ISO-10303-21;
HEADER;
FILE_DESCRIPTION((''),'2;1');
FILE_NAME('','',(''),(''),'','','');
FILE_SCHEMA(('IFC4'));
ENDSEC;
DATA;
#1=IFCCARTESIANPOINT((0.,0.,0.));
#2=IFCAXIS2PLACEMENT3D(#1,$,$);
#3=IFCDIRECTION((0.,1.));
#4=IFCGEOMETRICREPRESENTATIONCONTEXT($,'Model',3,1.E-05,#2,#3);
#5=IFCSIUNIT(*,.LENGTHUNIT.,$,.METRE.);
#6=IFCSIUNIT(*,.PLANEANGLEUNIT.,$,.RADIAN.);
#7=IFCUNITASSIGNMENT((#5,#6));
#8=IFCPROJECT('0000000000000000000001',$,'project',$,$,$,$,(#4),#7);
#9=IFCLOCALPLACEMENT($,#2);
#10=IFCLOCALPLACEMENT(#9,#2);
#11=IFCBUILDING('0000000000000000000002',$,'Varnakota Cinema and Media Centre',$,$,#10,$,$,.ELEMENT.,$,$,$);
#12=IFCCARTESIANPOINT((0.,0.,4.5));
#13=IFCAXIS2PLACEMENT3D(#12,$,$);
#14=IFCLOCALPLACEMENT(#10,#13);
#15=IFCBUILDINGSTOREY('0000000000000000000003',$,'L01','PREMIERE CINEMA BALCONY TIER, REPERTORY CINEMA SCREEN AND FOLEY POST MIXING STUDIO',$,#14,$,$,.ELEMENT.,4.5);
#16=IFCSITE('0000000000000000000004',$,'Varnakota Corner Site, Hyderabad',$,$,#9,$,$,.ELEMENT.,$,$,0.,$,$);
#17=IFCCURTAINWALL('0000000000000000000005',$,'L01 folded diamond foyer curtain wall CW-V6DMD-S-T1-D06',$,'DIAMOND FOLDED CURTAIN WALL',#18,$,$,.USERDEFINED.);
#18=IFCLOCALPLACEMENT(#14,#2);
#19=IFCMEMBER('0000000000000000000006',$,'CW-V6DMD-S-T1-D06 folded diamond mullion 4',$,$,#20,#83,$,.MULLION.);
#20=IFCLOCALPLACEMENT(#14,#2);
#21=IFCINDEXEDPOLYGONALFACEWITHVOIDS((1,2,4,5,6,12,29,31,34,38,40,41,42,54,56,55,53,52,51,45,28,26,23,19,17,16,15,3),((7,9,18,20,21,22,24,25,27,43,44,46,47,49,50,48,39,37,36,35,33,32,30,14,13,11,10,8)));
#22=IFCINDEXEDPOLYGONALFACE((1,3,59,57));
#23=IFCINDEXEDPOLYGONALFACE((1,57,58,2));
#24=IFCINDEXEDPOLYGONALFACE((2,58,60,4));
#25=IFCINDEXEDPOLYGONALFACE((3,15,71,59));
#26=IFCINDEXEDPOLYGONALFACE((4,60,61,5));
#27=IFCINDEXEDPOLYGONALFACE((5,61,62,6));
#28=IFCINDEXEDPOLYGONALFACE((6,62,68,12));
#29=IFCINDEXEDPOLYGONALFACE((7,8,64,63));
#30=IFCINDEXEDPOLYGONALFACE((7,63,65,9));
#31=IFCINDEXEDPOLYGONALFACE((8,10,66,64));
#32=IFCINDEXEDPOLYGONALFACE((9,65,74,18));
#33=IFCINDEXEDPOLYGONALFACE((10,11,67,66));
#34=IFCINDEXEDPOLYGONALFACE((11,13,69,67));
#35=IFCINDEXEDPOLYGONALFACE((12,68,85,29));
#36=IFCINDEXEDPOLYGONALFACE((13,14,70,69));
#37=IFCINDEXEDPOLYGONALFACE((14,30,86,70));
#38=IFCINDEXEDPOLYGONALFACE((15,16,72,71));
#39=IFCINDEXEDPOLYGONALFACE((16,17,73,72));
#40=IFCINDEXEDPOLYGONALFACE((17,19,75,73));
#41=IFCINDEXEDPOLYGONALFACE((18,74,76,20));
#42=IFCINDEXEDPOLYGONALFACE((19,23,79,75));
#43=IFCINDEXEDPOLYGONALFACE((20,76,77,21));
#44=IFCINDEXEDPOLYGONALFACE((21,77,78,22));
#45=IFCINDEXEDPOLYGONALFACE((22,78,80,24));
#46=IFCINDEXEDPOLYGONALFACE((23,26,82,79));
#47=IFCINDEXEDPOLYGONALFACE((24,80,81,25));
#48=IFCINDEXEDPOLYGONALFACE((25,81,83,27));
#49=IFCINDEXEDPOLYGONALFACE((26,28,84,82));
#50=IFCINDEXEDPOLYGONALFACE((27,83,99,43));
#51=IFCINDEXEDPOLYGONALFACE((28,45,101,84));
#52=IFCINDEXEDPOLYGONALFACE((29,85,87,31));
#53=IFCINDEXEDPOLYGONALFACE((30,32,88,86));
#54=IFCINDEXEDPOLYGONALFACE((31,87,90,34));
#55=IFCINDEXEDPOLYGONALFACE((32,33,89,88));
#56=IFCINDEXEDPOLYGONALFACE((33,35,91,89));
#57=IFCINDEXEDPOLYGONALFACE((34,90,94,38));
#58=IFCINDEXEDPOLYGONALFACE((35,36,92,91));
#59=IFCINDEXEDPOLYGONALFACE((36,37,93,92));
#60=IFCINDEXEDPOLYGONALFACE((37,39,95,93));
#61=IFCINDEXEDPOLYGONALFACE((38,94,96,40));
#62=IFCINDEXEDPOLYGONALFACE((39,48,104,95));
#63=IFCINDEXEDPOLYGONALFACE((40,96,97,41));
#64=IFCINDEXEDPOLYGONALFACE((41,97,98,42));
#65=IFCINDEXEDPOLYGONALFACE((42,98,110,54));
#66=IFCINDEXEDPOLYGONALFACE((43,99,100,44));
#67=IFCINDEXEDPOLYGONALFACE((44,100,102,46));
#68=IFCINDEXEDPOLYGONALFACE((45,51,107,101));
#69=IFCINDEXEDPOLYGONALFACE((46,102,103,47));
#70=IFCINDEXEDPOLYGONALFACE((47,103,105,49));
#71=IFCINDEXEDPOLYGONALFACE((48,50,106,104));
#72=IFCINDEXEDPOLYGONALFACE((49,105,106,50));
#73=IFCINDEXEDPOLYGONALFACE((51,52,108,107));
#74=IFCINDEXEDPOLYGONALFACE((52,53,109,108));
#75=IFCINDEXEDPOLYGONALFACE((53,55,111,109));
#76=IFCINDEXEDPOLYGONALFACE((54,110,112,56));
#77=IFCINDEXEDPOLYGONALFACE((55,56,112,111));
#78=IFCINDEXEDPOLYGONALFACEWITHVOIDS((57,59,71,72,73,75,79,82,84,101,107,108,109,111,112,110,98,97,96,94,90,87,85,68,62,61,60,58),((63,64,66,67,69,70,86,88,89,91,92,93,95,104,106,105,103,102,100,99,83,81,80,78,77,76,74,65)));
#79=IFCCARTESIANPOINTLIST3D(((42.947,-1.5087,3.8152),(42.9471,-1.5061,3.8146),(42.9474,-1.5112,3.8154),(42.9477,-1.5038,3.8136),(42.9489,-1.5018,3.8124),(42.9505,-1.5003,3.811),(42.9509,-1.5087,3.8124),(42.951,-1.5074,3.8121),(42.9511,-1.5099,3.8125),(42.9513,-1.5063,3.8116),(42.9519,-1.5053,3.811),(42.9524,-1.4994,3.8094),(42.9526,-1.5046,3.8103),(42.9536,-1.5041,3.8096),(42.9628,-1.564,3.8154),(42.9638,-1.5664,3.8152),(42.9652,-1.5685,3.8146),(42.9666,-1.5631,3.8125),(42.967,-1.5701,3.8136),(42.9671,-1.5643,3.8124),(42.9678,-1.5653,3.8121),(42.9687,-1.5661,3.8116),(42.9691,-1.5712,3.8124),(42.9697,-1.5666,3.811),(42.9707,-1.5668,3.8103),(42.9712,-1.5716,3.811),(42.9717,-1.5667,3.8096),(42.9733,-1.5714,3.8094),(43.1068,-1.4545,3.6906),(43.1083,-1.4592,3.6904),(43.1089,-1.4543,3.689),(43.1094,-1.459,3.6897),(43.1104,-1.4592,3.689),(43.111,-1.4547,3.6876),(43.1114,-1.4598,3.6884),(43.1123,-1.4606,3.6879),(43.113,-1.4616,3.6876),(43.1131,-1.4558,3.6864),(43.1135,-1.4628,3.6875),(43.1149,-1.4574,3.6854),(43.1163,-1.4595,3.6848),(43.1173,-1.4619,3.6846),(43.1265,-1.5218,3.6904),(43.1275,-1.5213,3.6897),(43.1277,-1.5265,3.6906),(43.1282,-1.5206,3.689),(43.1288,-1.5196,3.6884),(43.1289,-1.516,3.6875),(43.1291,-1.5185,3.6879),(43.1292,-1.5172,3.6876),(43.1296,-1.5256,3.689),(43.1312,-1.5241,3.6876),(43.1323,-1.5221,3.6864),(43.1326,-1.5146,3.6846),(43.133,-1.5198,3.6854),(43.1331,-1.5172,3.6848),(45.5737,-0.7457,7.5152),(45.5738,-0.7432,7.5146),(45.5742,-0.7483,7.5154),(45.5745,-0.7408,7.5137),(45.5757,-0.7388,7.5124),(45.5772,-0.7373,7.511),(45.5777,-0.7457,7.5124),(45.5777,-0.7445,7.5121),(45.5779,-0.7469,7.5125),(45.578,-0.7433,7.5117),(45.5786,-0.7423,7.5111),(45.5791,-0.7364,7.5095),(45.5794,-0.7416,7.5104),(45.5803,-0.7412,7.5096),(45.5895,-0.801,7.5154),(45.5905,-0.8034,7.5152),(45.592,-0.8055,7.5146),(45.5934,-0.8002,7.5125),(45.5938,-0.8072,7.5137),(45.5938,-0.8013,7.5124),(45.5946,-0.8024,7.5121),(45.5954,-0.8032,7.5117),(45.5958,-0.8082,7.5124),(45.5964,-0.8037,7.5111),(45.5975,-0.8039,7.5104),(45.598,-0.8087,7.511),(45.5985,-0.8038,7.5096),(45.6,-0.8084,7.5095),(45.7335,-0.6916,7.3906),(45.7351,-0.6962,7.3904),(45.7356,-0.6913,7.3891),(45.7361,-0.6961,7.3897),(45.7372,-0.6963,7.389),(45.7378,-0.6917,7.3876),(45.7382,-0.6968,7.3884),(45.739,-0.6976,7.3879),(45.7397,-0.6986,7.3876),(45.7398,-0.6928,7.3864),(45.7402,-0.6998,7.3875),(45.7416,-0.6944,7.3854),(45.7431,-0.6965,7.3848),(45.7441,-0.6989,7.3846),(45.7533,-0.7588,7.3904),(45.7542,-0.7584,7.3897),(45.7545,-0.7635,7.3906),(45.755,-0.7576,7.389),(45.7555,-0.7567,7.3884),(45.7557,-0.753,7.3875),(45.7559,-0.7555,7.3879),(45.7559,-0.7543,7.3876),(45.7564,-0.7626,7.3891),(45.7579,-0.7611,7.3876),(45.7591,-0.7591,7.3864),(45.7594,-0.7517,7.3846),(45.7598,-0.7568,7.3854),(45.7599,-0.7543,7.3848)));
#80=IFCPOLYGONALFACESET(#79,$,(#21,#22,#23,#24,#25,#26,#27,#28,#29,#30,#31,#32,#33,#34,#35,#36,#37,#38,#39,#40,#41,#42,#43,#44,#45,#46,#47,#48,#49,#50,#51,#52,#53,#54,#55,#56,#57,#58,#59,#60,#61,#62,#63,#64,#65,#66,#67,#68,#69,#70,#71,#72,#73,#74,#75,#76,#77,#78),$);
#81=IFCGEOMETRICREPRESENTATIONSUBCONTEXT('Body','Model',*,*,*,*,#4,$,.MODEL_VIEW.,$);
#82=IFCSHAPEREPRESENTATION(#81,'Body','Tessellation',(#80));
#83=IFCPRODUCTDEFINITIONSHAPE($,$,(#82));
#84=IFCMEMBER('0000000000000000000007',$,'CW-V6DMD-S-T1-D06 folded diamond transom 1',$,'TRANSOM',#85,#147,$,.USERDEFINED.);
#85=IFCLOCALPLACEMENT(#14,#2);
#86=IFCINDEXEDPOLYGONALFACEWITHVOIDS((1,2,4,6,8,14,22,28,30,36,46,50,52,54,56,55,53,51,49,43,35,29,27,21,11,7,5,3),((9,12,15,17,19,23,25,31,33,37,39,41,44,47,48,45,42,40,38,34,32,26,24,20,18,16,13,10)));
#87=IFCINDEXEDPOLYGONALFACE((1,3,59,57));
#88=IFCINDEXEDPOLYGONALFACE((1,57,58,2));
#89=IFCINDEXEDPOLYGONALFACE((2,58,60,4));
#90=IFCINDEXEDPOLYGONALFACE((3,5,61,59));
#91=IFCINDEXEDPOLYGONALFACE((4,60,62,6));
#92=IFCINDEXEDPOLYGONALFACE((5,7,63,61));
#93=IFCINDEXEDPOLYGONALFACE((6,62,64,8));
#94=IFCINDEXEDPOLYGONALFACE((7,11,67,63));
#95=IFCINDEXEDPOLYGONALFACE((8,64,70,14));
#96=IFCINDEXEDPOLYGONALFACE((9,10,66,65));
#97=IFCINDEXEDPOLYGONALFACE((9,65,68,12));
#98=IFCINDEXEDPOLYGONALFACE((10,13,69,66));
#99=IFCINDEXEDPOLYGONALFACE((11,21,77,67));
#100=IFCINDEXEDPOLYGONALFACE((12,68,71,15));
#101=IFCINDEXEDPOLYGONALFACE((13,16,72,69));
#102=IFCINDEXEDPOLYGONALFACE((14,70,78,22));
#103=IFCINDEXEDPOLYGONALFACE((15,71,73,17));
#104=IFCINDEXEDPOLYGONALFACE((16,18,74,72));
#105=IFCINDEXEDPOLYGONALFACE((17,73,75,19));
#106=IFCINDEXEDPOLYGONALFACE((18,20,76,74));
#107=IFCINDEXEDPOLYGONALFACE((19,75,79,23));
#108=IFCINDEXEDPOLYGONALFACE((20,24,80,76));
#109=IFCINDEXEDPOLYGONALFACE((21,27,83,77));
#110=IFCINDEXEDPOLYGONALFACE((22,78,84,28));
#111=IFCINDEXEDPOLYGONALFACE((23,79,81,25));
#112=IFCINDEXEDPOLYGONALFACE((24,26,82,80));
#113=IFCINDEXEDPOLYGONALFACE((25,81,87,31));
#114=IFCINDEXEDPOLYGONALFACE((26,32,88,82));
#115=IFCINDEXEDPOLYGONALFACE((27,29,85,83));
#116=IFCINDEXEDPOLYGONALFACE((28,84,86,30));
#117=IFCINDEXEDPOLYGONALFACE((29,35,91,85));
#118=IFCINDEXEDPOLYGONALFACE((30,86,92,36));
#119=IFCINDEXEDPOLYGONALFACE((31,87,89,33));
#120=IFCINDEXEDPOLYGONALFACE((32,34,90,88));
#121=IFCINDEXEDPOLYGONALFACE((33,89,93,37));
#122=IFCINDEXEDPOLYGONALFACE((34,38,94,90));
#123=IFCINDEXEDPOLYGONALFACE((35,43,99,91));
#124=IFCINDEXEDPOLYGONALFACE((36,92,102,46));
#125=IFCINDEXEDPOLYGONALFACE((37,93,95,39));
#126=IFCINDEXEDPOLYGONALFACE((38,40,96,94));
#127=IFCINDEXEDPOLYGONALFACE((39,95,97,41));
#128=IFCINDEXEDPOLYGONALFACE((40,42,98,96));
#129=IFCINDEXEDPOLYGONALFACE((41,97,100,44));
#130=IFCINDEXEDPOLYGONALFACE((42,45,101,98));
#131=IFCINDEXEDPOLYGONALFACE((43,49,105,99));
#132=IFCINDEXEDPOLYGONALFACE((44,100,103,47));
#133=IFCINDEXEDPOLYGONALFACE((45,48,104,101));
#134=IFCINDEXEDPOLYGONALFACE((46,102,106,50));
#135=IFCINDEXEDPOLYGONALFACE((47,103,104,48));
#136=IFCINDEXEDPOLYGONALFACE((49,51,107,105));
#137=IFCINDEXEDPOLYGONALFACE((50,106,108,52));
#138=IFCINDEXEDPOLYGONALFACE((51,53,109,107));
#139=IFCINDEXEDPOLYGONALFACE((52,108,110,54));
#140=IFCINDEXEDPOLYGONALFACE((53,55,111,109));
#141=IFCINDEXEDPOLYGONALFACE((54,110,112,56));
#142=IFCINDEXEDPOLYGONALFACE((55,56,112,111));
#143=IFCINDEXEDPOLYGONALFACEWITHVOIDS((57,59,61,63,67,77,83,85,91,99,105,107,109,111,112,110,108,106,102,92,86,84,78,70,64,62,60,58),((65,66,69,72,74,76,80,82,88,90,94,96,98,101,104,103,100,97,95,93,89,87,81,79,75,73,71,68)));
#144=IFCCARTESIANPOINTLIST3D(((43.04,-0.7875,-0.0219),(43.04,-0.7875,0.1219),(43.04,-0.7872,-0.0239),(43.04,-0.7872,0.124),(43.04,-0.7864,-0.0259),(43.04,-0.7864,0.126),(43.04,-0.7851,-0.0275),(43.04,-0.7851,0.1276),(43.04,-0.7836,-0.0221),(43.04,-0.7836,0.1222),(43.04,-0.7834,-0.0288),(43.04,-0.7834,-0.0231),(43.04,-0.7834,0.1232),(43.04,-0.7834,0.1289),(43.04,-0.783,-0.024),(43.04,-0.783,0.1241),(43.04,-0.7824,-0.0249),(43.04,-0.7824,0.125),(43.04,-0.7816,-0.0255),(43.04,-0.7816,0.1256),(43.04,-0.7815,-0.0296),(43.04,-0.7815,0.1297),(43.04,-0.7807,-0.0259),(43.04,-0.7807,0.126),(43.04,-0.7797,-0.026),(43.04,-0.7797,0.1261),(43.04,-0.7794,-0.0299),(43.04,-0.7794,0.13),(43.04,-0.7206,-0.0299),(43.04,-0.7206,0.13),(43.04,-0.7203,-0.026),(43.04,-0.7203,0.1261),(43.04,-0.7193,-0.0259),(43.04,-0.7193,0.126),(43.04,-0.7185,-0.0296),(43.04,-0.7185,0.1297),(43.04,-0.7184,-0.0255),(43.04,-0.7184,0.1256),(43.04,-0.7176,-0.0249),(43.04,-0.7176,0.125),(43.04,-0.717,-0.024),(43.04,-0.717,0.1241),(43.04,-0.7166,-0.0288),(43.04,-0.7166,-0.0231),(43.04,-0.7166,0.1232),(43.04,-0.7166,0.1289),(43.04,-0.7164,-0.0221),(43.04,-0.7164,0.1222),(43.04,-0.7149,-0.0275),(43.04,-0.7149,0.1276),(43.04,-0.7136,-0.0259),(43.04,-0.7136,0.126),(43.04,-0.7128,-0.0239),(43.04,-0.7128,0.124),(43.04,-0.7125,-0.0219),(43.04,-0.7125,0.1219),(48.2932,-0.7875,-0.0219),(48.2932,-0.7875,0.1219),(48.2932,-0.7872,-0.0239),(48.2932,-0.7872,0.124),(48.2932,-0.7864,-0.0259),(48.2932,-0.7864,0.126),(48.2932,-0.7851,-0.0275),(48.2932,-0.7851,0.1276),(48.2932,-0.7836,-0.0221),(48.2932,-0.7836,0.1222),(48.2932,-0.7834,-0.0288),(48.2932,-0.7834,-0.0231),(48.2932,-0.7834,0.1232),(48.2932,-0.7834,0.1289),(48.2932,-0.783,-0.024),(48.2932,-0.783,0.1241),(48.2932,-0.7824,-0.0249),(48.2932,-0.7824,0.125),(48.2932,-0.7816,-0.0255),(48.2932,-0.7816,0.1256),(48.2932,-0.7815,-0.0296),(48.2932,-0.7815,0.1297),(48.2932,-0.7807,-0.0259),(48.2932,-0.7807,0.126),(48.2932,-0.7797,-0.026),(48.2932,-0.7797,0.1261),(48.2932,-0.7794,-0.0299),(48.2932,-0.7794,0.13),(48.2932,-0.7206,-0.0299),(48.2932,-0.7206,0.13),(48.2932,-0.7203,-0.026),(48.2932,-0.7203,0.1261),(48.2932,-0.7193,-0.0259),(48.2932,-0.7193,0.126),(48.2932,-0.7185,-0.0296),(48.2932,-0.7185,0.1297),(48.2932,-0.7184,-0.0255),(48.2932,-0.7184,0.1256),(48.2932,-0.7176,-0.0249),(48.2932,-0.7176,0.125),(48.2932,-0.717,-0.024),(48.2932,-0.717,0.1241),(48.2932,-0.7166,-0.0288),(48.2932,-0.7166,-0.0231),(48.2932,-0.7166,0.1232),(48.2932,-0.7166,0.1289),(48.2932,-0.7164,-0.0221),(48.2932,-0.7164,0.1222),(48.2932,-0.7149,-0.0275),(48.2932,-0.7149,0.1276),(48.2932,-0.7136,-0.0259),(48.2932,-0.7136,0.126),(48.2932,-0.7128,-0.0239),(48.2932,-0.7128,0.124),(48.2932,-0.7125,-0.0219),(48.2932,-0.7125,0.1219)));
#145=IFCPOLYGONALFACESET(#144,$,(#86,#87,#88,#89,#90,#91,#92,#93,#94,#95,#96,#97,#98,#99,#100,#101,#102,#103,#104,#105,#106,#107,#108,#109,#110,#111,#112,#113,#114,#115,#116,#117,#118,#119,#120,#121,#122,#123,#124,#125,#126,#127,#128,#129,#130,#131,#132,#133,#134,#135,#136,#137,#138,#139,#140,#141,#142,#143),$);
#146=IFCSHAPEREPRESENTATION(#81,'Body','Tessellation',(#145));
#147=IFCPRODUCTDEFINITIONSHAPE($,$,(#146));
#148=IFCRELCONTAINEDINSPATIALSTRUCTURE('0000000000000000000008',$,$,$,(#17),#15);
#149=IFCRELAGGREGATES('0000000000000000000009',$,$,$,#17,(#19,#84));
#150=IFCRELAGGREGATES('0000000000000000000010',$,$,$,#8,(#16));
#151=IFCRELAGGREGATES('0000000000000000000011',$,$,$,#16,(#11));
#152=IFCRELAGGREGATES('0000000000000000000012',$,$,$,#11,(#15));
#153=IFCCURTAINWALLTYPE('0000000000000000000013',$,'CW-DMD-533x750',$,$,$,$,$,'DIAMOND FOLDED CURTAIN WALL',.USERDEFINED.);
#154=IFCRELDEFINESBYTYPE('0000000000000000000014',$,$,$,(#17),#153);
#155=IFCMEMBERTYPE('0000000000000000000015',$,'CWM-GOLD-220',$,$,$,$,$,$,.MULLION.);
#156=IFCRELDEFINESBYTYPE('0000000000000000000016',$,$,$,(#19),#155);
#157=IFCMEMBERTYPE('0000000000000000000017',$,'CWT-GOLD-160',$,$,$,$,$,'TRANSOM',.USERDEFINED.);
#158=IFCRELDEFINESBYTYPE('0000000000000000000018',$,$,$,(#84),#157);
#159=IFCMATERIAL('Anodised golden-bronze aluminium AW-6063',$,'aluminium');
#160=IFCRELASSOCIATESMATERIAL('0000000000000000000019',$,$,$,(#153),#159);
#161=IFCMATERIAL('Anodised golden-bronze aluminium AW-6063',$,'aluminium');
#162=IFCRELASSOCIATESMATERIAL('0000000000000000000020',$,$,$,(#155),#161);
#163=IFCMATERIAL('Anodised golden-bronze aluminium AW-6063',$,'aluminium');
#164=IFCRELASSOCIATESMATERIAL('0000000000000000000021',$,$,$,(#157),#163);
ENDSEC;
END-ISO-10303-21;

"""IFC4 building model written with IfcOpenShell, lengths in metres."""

from ifc_helpers import new_model, si_unit, direction, frame, origin, origin_2d, place, context, subcontext, project, spatial, hollow_rectangle, extrude, material, material_profile, profile_set, type_object, element, aggregate, save


model = new_model("IFC4")

# Units and contexts
model_context = context("Model", 3, precision=1e-05, world=origin(), true_north=direction((0.0, 1.0)))
body_context = subcontext(model_context, "Body", "Model", "MODEL_VIEW")
ifc_project = project(units=[si_unit("LENGTHUNIT", "METRE"), si_unit("PLANEANGLEUNIT", "RADIAN")], contexts=[model_context])

# Site, building, storey
site_placement = place(None, origin())
site = spatial("IfcSite", under=ifc_project, at=site_placement, Name="Varnakota Corner Site, Hyderabad", CompositionType="ELEMENT", RefElevation=0.0)
building_placement = place(site_placement, origin())
building = spatial("IfcBuilding", under=site, at=building_placement, Name="Varnakota Cinema and Media Centre", CompositionType="ELEMENT")
storey_placement = place(building_placement, frame((0.0, 0.0, 4.5)))
storey = spatial("IfcBuildingStorey", under=building, at=storey_placement, Name="L01", Description="PREMIERE CINEMA BALCONY TIER, REPERTORY CINEMA SCREEN AND FOLEY POST MIXING STUDIO", CompositionType="ELEMENT", Elevation=4.5)

# Shared definitions
ifc_material_1 = material(Name="Anodised golden-bronze aluminium AW-6063", Category="aluminium")
curtain_wall_type = type_object("IfcCurtainWallType", Name="CW-DMD-533x750", ElementType="DIAMOND FOLDED CURTAIN WALL", PredefinedType="USERDEFINED", material=ifc_material_1)
ifc_material_2 = material(Name="Anodised golden-bronze aluminium AW-6063", Category="aluminium")
ifc_material_profile_1 = material_profile(ifc_material_2, hollow_rectangle(XDim=0.075, YDim=0.22, WallThickness=0.0049, InnerFilletRadius=0.0049, OuterFilletRadius=0.01, at=origin_2d()), Name="AL-MULLION 220x75x5")
ifc_profile_set_1 = profile_set([ifc_material_profile_1], Name="Anodised golden-bronze aluminium AW-6063")
member_type_1 = type_object("IfcMemberType", Name="CWM-GOLD-220", PredefinedType="MULLION", material=ifc_profile_set_1)

# Curtain wall, members
curtain_wall_1_placement = place(storey_placement, origin())
curtain_wall_1 = element("IfcCurtainWall", 1, at=curtain_wall_1_placement, inside=storey, type_object=curtain_wall_type, Name="L01 folded diamond foyer curtain wall CW-V6DMD-S-T1-D06", ObjectType="DIAMOND FOLDED CURTAIN WALL", PredefinedType="USERDEFINED")
member_1_placement = place(storey_placement, frame((43.04, -1.5129, 3.75), z_axis=(0.570871, 0.165812, 0.804122), x_axis=(-0.278927, 0.960312, 0.0)))
member_1 = element("IfcMember", 2, at=member_1_placement, type_object=member_type_1, Name="CW-V6DMD-S-T1-D06 folded diamond mullion 4", PredefinedType="MULLION", context=body_context, shape_type="SweptSolid", body=[
    extrude(hollow_rectangle(XDim=0.075, YDim=0.22, WallThickness=0.0049, InnerFilletRadius=0.0049, OuterFilletRadius=0.01, at=origin_2d()), origin(), (0.0, 0.0, 1.0), 4.6013),
])
ifc_material_3 = material(Name="Anodised golden-bronze aluminium AW-6063", Category="aluminium")
ifc_material_profile_2 = material_profile(ifc_material_3, hollow_rectangle(XDim=0.075, YDim=0.1599, WallThickness=0.0039, InnerFilletRadius=0.0039, OuterFilletRadius=0.0081, at=origin_2d()), Name="AL-TRANSOM 160x75x4")
ifc_profile_set_2 = profile_set([ifc_material_profile_2], Name="Anodised golden-bronze aluminium AW-6063")
member_type_2 = type_object("IfcMemberType", Name="CWT-GOLD-160", ElementType="TRANSOM", PredefinedType="USERDEFINED", material=ifc_profile_set_2)
member_2_placement = place(storey_placement, frame((48.2932, -0.75, 0.05), z_axis=(-1.0, 0.0, 0.0), x_axis=(0.0, -1.0, 0.0)))
member_2 = element("IfcMember", 3, at=member_2_placement, type_object=member_type_2, Name="CW-V6DMD-S-T1-D06 folded diamond transom 1", ObjectType="TRANSOM", PredefinedType="USERDEFINED", context=body_context, shape_type="SweptSolid", body=[
    extrude(hollow_rectangle(XDim=0.075, YDim=0.1599, WallThickness=0.0039, InnerFilletRadius=0.0039, OuterFilletRadius=0.0081, at=origin_2d()), origin(), (0.0, 0.0, 1.0), 5.2532),
])

aggregate(curtain_wall_1, [member_1, member_2])

save(model, "model.ifc")
